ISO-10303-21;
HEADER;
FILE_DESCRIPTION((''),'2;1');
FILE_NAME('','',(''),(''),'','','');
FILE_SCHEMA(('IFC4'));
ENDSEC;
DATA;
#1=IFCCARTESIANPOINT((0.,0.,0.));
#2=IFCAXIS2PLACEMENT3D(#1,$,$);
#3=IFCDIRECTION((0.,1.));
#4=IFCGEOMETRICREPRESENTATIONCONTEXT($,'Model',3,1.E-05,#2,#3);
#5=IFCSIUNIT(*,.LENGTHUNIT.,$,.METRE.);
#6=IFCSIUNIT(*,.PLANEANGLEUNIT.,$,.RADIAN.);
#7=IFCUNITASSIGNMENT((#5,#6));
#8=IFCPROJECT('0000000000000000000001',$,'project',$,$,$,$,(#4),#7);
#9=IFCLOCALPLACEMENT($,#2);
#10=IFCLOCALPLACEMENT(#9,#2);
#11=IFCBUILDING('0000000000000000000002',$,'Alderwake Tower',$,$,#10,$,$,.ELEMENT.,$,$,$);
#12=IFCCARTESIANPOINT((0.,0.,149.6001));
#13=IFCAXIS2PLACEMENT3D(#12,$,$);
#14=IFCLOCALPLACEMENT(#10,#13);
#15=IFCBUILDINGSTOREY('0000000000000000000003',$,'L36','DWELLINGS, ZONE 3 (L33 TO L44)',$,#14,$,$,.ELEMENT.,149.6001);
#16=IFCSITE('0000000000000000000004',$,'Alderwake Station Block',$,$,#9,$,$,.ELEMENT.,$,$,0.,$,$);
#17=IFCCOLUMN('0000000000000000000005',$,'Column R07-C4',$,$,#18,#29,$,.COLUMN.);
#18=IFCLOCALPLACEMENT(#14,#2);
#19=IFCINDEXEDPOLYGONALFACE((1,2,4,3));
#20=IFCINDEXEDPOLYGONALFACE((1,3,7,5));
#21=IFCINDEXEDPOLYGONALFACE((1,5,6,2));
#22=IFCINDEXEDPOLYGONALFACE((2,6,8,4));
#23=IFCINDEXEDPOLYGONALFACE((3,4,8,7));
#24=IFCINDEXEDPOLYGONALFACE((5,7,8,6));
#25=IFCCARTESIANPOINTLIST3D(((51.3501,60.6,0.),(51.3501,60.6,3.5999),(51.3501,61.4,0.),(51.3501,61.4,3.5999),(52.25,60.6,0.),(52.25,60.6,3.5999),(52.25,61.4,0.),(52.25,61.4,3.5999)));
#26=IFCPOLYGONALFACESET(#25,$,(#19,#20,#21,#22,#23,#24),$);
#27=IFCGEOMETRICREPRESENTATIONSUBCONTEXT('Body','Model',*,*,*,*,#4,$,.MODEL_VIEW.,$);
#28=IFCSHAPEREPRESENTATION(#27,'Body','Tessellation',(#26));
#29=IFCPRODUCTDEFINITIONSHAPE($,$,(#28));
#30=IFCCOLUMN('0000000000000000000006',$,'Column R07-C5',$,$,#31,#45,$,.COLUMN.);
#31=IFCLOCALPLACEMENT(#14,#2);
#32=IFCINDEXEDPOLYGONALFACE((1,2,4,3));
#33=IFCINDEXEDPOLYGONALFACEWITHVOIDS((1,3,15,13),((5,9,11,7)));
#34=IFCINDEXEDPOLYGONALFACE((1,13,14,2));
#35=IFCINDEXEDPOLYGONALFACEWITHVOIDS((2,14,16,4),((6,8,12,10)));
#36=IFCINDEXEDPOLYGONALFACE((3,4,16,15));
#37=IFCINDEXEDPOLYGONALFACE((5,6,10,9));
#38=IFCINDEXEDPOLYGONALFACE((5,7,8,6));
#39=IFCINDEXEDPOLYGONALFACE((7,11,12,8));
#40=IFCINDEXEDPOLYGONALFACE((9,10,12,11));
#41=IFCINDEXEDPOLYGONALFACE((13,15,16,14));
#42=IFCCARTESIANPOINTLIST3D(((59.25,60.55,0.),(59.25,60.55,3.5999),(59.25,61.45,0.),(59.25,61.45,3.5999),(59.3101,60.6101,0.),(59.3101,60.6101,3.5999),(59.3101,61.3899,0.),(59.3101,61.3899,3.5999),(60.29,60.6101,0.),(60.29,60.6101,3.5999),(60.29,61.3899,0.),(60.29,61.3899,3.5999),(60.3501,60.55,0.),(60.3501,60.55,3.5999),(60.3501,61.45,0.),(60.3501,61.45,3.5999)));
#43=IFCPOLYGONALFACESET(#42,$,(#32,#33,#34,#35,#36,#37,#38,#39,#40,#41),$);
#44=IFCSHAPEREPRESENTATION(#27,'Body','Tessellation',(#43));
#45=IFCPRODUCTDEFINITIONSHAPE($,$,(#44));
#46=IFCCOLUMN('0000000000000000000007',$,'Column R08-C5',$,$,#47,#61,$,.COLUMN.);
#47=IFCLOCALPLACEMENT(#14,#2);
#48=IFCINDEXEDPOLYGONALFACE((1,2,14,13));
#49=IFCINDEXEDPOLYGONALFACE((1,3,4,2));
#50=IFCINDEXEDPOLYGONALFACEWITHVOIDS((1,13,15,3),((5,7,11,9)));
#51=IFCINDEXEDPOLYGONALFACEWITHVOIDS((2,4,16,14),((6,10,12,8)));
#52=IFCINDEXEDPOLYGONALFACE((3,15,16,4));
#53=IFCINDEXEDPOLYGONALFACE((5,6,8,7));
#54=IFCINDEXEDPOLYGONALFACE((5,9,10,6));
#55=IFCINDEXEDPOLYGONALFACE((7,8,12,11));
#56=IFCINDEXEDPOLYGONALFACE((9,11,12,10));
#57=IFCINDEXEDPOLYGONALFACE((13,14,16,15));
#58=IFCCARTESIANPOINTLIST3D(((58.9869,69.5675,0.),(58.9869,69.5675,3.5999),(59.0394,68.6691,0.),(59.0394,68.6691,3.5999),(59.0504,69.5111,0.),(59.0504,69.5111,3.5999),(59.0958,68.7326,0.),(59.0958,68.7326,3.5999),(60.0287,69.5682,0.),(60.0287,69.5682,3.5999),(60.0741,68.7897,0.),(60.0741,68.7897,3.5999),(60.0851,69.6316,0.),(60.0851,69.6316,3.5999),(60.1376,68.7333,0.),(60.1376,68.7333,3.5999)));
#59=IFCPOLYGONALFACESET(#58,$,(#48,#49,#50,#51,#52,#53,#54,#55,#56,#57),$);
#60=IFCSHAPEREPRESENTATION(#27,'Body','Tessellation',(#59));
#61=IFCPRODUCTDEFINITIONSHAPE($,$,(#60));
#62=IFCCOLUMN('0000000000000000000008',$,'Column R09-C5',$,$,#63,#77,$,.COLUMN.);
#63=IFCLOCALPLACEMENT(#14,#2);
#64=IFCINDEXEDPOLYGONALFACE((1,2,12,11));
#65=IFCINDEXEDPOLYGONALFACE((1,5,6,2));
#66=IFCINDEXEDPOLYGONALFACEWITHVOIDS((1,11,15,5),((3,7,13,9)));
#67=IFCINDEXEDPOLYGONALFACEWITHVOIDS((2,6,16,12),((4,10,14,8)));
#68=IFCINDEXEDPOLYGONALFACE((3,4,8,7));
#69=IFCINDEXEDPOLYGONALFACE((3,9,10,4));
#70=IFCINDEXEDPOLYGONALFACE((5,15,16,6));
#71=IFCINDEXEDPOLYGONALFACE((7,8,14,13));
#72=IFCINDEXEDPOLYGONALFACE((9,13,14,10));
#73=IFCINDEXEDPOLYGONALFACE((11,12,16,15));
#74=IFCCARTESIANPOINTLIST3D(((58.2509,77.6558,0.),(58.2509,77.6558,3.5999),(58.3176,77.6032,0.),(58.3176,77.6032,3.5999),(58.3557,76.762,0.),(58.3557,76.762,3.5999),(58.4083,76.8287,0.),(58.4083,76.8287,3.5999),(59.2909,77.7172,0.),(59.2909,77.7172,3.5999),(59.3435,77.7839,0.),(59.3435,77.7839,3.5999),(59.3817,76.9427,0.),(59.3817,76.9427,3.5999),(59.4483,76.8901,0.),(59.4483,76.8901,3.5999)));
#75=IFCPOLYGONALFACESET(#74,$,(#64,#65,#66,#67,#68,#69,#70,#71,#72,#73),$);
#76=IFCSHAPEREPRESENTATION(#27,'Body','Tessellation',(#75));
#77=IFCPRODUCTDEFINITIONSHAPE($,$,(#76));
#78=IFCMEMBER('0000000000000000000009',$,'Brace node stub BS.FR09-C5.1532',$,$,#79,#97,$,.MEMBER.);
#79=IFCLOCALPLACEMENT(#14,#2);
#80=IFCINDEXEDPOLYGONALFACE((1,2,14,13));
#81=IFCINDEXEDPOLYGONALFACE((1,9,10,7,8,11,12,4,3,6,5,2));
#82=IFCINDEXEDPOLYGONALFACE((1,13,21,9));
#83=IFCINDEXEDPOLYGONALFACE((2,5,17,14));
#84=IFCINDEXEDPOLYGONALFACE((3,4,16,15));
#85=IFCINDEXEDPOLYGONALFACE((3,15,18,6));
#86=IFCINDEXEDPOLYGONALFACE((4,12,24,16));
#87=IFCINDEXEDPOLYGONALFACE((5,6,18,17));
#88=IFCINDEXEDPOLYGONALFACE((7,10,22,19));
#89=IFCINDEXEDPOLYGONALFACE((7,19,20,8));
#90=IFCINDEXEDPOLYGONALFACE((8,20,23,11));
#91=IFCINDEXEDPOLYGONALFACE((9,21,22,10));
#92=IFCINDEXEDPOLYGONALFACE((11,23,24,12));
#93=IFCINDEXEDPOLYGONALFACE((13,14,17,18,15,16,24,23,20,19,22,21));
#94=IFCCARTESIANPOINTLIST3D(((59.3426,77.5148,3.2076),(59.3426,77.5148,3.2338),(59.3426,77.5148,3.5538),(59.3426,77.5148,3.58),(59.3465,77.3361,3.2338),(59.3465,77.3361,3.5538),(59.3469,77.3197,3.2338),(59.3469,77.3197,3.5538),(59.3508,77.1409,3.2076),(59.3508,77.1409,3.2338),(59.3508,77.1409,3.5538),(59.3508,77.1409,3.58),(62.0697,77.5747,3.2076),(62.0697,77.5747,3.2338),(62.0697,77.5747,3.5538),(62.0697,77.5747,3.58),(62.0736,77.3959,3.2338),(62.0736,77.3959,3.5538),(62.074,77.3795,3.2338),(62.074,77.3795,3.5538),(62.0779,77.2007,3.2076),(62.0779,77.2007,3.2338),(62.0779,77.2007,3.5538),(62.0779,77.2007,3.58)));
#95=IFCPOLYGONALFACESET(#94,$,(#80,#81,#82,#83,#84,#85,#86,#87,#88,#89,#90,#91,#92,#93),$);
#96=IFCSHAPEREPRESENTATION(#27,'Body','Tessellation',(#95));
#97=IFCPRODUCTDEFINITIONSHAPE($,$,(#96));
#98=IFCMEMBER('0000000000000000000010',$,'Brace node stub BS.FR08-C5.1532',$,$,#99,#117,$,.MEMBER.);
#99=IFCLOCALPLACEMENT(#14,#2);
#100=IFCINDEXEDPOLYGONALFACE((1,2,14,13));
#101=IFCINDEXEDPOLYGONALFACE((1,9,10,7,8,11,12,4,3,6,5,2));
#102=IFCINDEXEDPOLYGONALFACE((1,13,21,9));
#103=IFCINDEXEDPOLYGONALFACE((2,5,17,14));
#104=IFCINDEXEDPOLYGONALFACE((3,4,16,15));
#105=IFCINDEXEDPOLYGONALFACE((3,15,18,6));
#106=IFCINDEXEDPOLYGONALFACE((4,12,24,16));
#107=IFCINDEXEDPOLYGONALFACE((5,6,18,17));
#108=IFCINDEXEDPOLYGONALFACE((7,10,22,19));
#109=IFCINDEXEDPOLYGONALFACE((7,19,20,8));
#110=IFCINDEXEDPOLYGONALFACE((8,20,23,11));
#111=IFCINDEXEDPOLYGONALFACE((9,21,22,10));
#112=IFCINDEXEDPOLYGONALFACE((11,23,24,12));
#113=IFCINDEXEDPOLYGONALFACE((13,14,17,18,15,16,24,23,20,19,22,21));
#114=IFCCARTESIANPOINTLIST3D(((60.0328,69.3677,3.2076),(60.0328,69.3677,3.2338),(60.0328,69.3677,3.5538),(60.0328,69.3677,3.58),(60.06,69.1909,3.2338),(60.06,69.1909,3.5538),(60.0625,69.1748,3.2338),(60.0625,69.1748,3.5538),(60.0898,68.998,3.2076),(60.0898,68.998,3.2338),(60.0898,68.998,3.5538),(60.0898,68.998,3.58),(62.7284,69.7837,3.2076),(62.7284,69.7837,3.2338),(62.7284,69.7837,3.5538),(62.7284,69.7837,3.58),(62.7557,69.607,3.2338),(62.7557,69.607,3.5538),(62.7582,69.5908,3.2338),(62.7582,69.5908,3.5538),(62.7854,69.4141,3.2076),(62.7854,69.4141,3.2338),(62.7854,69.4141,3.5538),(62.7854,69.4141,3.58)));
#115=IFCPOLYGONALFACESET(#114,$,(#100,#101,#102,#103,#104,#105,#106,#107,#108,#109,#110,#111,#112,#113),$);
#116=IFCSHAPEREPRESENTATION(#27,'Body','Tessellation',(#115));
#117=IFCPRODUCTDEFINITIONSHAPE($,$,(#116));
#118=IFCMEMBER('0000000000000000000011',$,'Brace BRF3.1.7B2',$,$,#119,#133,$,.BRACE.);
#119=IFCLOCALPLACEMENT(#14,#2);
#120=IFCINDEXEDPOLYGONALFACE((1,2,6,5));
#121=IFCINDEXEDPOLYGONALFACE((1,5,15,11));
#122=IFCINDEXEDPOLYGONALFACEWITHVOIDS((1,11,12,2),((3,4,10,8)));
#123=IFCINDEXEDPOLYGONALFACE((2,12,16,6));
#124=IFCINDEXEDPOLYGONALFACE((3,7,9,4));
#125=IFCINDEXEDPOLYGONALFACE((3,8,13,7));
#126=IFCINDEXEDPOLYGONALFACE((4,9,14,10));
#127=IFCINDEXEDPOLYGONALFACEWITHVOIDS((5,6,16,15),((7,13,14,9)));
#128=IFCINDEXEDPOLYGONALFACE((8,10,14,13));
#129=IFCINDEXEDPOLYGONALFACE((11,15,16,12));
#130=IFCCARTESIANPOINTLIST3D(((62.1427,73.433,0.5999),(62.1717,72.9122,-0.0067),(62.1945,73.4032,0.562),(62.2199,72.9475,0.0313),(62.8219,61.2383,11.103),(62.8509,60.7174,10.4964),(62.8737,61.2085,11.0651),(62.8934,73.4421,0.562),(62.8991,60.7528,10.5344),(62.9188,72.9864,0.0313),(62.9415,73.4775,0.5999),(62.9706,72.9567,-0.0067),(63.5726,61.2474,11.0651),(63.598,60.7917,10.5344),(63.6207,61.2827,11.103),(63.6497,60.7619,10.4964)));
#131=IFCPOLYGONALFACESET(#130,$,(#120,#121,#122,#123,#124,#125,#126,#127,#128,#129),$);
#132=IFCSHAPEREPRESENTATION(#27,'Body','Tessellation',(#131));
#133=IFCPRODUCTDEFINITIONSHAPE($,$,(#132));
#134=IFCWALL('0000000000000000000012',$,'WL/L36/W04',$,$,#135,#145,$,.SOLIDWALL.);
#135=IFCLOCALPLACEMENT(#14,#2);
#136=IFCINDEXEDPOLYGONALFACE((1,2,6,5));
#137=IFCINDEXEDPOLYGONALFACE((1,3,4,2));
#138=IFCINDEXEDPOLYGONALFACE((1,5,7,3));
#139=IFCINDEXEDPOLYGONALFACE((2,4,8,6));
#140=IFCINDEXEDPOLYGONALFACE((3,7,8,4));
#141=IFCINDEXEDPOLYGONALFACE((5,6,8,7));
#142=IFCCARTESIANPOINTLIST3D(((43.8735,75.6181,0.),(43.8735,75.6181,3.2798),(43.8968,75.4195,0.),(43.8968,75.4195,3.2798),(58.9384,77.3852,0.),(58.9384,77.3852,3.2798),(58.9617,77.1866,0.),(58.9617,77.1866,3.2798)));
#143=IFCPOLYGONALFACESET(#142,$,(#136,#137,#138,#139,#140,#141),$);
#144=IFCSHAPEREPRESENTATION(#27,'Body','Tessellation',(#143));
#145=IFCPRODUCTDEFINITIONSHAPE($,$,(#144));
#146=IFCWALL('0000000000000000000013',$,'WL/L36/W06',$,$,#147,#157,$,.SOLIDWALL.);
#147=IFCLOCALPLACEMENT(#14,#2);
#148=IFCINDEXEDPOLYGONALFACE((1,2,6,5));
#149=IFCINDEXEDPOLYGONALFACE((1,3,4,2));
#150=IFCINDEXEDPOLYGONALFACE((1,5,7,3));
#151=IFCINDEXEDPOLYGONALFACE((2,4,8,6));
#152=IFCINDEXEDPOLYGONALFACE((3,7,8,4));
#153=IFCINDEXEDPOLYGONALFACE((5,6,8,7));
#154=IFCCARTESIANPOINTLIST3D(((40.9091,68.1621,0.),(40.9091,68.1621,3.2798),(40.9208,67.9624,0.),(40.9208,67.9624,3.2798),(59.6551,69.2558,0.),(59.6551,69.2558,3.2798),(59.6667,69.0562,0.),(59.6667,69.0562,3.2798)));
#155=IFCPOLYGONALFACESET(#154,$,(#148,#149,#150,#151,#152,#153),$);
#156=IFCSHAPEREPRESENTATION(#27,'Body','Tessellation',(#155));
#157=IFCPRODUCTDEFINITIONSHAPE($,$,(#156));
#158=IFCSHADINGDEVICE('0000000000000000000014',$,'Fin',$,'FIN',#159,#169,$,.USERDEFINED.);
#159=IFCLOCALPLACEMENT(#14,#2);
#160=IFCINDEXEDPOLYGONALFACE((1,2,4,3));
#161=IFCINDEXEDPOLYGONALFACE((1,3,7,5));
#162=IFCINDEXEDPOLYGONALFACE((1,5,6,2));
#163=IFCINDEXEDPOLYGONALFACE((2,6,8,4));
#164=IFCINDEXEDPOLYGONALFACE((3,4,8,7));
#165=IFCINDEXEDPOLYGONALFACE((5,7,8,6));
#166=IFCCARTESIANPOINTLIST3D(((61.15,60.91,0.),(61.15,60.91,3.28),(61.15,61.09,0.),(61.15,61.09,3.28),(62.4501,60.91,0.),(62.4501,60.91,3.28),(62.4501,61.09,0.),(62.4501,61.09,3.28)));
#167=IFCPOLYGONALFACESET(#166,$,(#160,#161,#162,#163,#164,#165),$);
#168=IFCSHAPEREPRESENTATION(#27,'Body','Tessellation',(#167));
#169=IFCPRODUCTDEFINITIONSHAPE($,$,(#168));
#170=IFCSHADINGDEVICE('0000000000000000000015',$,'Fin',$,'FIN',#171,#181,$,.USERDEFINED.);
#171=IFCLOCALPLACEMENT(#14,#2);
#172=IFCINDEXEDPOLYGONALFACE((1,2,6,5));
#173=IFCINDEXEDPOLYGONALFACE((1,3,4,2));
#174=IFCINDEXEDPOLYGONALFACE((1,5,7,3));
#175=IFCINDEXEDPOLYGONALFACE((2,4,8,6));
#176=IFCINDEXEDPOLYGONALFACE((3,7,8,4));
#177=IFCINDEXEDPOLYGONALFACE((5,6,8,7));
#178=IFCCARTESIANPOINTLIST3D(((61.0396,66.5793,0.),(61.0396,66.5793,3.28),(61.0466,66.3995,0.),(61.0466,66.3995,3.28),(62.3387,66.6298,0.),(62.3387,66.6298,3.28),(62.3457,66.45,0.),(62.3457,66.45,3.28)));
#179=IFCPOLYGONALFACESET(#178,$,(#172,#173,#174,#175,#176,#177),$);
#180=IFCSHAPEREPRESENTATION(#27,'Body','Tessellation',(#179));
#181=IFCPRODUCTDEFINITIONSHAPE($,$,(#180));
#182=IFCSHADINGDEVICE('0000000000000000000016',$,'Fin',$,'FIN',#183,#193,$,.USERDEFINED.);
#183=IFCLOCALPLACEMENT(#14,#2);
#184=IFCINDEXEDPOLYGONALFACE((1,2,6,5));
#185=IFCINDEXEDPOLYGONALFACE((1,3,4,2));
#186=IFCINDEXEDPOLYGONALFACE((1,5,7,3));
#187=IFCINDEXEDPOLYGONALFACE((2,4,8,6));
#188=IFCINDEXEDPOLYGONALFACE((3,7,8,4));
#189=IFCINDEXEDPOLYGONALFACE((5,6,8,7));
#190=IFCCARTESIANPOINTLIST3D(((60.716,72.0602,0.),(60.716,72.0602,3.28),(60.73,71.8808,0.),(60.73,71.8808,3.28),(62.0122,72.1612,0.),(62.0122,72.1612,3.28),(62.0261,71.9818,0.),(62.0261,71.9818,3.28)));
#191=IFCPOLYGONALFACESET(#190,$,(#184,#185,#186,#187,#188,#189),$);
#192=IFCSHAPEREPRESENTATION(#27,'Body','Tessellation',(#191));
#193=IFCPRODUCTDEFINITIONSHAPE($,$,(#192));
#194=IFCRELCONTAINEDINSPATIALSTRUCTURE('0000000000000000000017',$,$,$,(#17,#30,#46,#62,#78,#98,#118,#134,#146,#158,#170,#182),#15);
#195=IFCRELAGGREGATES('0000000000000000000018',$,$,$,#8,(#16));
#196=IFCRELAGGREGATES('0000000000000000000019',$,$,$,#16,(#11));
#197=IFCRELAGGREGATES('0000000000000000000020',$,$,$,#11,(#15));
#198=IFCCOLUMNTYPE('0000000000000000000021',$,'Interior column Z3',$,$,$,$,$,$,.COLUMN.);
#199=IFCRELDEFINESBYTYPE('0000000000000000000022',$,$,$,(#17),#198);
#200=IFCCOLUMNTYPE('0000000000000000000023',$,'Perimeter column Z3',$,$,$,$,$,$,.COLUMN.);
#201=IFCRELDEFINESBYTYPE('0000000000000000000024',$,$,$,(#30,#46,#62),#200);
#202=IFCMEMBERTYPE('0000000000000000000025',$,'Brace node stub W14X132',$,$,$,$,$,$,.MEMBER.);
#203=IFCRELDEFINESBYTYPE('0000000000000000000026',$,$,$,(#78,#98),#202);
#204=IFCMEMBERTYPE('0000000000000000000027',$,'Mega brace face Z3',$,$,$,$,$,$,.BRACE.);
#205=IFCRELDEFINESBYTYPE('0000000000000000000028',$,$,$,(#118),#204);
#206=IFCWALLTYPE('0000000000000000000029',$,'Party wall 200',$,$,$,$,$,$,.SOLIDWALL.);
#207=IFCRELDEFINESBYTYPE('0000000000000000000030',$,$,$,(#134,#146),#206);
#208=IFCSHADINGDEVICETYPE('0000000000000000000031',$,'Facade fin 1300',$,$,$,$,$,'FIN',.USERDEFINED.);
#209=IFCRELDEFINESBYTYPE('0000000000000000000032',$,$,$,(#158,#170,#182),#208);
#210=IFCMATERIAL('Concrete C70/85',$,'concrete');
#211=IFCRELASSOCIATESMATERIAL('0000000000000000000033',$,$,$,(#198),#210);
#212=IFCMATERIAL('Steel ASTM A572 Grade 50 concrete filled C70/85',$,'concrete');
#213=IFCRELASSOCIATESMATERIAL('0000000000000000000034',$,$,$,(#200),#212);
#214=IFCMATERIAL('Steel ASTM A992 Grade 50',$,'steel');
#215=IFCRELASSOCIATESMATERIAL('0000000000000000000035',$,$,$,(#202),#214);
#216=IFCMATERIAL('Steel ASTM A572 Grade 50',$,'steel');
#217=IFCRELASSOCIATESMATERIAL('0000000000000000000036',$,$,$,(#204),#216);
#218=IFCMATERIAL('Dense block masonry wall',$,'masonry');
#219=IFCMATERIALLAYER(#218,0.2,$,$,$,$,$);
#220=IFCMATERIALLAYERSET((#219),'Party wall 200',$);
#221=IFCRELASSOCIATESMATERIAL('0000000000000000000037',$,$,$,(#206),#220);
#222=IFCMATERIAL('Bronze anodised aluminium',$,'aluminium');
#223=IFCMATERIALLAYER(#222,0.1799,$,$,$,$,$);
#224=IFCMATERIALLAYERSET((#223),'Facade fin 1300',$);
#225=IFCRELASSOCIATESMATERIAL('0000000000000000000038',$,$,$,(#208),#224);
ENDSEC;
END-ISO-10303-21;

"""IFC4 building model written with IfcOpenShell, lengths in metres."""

from ifc_helpers import new_model, si_unit, direction, frame, frame_2d, origin, origin_2d, place, context, subcontext, project, spatial, rectangle, hollow_rectangle, i_section, extrude, material, layer, layer_set, material_profile, profile_set, type_object, element, save


model = new_model("IFC4")

# Units and contexts
model_context = context("Model", 3, precision=1e-05, world=origin(), true_north=direction((0.0, 1.0)))
body_context = subcontext(model_context, "Body", "Model", "MODEL_VIEW")
ifc_project = project(units=[si_unit("LENGTHUNIT", "METRE"), si_unit("PLANEANGLEUNIT", "RADIAN")], contexts=[model_context])

# Site, building, storey
site_placement = place(None, origin())
site = spatial("IfcSite", under=ifc_project, at=site_placement, Name="Alderwake Station Block", CompositionType="ELEMENT", RefElevation=0.0)
building_placement = place(site_placement, origin())
building = spatial("IfcBuilding", under=site, at=building_placement, Name="Alderwake Tower", CompositionType="ELEMENT")
storey_placement = place(building_placement, frame((0.0, 0.0, 149.6001)))
storey = spatial("IfcBuildingStorey", under=building, at=storey_placement, Name="L36", Description="DWELLINGS, ZONE 3 (L33 TO L44)", CompositionType="ELEMENT", Elevation=149.6001)

# Columns
ifc_material_1 = material(Name="Concrete C70/85", Category="concrete")
ifc_material_profile_1 = material_profile(ifc_material_1, rectangle(XDim=0.8, YDim=0.8999, at=origin_2d()), Name="RC 900X800")
ifc_profile_set_1 = profile_set([ifc_material_profile_1], Name="Concrete C70/85")
column_type_1 = type_object("IfcColumnType", Name="Interior column Z3", PredefinedType="COLUMN", material=ifc_profile_set_1)
column_placement = place(storey_placement, frame((51.8, 61.0, 0.0), z_axis=(0.0, 0.0, 1.0), x_axis=(0.0, 1.0, 0.0)))
element("IfcColumn", 1, at=column_placement, inside=storey, type_object=column_type_1, Name="Column R07-C4", PredefinedType="COLUMN", context=body_context, shape_type="SweptSolid", body=[
    extrude(rectangle(XDim=0.8, YDim=0.8999, at=origin_2d()), origin(), (0.0, 0.0, 1.0), 3.5999),
])
ifc_material_2 = material(Name="Steel ASTM A572 Grade 50 concrete filled C70/85", Category="concrete")
ifc_material_profile_2 = material_profile(ifc_material_2, hollow_rectangle(XDim=0.8999, YDim=1.1001, WallThickness=0.0601, at=origin_2d()), Name="BOX 1100X900X60")
ifc_profile_set_2 = profile_set([ifc_material_profile_2], Name="Steel ASTM A572 Grade 50 concrete filled C70/85")
column_type_2 = type_object("IfcColumnType", Name="Perimeter column Z3", PredefinedType="COLUMN", material=ifc_profile_set_2)
for number, where, z_axis, x_axis, name in (
    (2, (59.8, 61.0, 0.0), (0.0, 0.0, 1.0), (0.0, 1.0, 0.0), "Column R07-C5"),
    (3, (59.5623, 69.1504, 0.0), (0.0, 0.0, 1.0), (-0.058301, 0.998299, 0.0), "Column R08-C5"),
    (4, (58.8496, 77.2729, 0.0), (0.0, 0.0, 1.0), (-0.116402, 0.993202, 0.0), "Column R09-C5"),
):
    element("IfcColumn", number, at=place(storey_placement, frame(where, z_axis=z_axis, x_axis=x_axis)), inside=storey, type_object=column_type_2, Name=name, PredefinedType="COLUMN", context=body_context, shape_type="SweptSolid", body=[
        extrude(hollow_rectangle(XDim=0.8999, YDim=1.1001, WallThickness=0.0601, at=origin_2d()), origin(), (0.0, 0.0, 1.0), 3.5999),
    ])

# Members
ifc_material_3 = material(Name="Steel ASTM A992 Grade 50", Category="steel")
ifc_material_profile_3 = material_profile(ifc_material_3, i_section(OverallWidth=0.374, OverallDepth=0.3723, WebThickness=0.0164, FlangeThickness=0.0261, at=origin_2d()), Name="W14X132")
ifc_profile_set_3 = profile_set([ifc_material_profile_3], Name="Steel ASTM A992 Grade 50")
member_type_1 = type_object("IfcMemberType", Name="Brace node stub W14X132", PredefinedType="MEMBER", material=ifc_profile_set_3)
member_1_placement = place(storey_placement, frame((59.3467, 77.3279, 3.3938), z_axis=(0.99976, 0.021928, 0.0), x_axis=(-0.021928, 0.99976, 0.0)))
element("IfcMember", 5, at=member_1_placement, inside=storey, type_object=member_type_1, Name="Brace node stub BS.FR09-C5.1532", PredefinedType="MEMBER", context=body_context, shape_type="SweptSolid", body=[
    extrude(i_section(OverallWidth=0.374, OverallDepth=0.3723, WebThickness=0.0164, FlangeThickness=0.0261, at=origin_2d()), origin(), (0.0, 0.0, 1.0), 2.7278),
])
member_2_placement = place(storey_placement, frame((60.0613, 69.1829, 3.3938), z_axis=(0.988299, 0.152528, 0.0), x_axis=(-0.152528, 0.988299, 0.0)))
element("IfcMember", 6, at=member_2_placement, inside=storey, type_object=member_type_1, Name="Brace node stub BS.FR08-C5.1532", PredefinedType="MEMBER", context=body_context, shape_type="SweptSolid", body=[
    extrude(i_section(OverallWidth=0.374, OverallDepth=0.3723, WebThickness=0.0164, FlangeThickness=0.0261, at=origin_2d()), origin(), (0.0, 0.0, 1.0), 2.7275),
])
ifc_material_4 = material(Name="Steel ASTM A572 Grade 50", Category="steel")
ifc_material_profile_4 = material_profile(ifc_material_4, hollow_rectangle(XDim=0.8, YDim=0.8, WallThickness=0.05, at=origin_2d()), Name="BOX 800X800X50")
ifc_profile_set_4 = profile_set([ifc_material_profile_4], Name="Steel ASTM A572 Grade 50")
member_type_2 = type_object("IfcMemberType", Name="Mega brace face Z3", PredefinedType="BRACE", material=ifc_profile_set_4)
member_3_placement = place(storey_placement, frame((62.5566, 73.1948, 0.2966), z_axis=(0.042163, -0.757031, 0.652017), x_axis=(0.998453, 0.05561, 0.0)))
element("IfcMember", 7, at=member_3_placement, inside=storey, type_object=member_type_2, Name="Brace BRF3.1.7B2", PredefinedType="BRACE", context=body_context, shape_type="SweptSolid", body=[
    extrude(hollow_rectangle(XDim=0.8, YDim=0.8, WallThickness=0.05, at=origin_2d()), origin(), (0.0, 0.0, 1.0), 16.1086),
])

# Walls
ifc_material_5 = material(Name="Dense block masonry wall", Category="masonry")
ifc_layer_1 = layer(ifc_material_5, 0.2)
ifc_layer_set_1 = layer_set([ifc_layer_1], Name="Party wall 200")
wall_type_1 = type_object("IfcWallType", Name="Party wall 200", PredefinedType="SOLIDWALL", material=ifc_layer_set_1)
wall_1_placement = place(storey_placement, frame((58.95, 77.2859, 0.0), z_axis=(0.0, 0.0, 1.0), x_axis=(-0.993191, -0.116499, 0.0)))
element("IfcWall", 8, at=wall_1_placement, inside=storey, type_object=wall_type_1, Name="WL/L36/W04", PredefinedType="SOLIDWALL", context=body_context, shape_type="SweptSolid", body=[
    extrude(rectangle(XDim=15.1682, YDim=0.2, at=frame_2d((7.584, 0.0))), origin(), (0.0, 0.0, 1.0), 3.2798),
])
wall_2_placement = place(storey_placement, frame((59.6609, 69.156, 0.0), z_axis=(0.0, 0.0, 1.0), x_axis=(-0.998302, -0.058247, 0.0)))
element("IfcWall", 9, at=wall_2_placement, inside=storey, type_object=wall_type_1, Name="WL/L36/W06", PredefinedType="SOLIDWALL", context=body_context, shape_type="SweptSolid", body=[
    extrude(rectangle(XDim=18.7778, YDim=0.2, at=frame_2d((9.3889, 0.0))), origin(), (0.0, 0.0, 1.0), 3.2798),
])

# Shading devices
ifc_material_6 = material(Name="Bronze anodised aluminium", Category="aluminium")
ifc_layer_2 = layer(ifc_material_6, 0.1799)
ifc_layer_set_2 = layer_set([ifc_layer_2], Name="Facade fin 1300")
shading_device_type_1 = type_object("IfcShadingDeviceType", Name="Facade fin 1300", ElementType="FIN", PredefinedType="USERDEFINED", material=ifc_layer_set_2)
for number, where, z_axis, x_axis, name in (
    (10, (61.8, 61.0, 0.0), (0.0, 0.0, 1.0), (1.0, 0.0, 0.0), "Fin"),
    (11, (61.6926, 66.5146, 0.0), (0.0, 0.0, 1.0), (0.999243, 0.03889, 0.0), "Fin"),
    (12, (61.3711, 72.021, 0.0), (0.0, 0.0, 1.0), (0.996975, 0.077721, 0.0), "Fin"),
):
    element("IfcShadingDevice", number, at=place(storey_placement, frame(where, z_axis=z_axis, x_axis=x_axis)), inside=storey, type_object=shading_device_type_1, Name=name, ObjectType="FIN", PredefinedType="USERDEFINED", context=body_context, shape_type="SweptSolid", body=[
        extrude(rectangle(XDim=1.3, YDim=0.1799, at=origin_2d()), origin(), (0.0, 0.0, 1.0), 3.28),
    ])

save(model, "model.ifc")
